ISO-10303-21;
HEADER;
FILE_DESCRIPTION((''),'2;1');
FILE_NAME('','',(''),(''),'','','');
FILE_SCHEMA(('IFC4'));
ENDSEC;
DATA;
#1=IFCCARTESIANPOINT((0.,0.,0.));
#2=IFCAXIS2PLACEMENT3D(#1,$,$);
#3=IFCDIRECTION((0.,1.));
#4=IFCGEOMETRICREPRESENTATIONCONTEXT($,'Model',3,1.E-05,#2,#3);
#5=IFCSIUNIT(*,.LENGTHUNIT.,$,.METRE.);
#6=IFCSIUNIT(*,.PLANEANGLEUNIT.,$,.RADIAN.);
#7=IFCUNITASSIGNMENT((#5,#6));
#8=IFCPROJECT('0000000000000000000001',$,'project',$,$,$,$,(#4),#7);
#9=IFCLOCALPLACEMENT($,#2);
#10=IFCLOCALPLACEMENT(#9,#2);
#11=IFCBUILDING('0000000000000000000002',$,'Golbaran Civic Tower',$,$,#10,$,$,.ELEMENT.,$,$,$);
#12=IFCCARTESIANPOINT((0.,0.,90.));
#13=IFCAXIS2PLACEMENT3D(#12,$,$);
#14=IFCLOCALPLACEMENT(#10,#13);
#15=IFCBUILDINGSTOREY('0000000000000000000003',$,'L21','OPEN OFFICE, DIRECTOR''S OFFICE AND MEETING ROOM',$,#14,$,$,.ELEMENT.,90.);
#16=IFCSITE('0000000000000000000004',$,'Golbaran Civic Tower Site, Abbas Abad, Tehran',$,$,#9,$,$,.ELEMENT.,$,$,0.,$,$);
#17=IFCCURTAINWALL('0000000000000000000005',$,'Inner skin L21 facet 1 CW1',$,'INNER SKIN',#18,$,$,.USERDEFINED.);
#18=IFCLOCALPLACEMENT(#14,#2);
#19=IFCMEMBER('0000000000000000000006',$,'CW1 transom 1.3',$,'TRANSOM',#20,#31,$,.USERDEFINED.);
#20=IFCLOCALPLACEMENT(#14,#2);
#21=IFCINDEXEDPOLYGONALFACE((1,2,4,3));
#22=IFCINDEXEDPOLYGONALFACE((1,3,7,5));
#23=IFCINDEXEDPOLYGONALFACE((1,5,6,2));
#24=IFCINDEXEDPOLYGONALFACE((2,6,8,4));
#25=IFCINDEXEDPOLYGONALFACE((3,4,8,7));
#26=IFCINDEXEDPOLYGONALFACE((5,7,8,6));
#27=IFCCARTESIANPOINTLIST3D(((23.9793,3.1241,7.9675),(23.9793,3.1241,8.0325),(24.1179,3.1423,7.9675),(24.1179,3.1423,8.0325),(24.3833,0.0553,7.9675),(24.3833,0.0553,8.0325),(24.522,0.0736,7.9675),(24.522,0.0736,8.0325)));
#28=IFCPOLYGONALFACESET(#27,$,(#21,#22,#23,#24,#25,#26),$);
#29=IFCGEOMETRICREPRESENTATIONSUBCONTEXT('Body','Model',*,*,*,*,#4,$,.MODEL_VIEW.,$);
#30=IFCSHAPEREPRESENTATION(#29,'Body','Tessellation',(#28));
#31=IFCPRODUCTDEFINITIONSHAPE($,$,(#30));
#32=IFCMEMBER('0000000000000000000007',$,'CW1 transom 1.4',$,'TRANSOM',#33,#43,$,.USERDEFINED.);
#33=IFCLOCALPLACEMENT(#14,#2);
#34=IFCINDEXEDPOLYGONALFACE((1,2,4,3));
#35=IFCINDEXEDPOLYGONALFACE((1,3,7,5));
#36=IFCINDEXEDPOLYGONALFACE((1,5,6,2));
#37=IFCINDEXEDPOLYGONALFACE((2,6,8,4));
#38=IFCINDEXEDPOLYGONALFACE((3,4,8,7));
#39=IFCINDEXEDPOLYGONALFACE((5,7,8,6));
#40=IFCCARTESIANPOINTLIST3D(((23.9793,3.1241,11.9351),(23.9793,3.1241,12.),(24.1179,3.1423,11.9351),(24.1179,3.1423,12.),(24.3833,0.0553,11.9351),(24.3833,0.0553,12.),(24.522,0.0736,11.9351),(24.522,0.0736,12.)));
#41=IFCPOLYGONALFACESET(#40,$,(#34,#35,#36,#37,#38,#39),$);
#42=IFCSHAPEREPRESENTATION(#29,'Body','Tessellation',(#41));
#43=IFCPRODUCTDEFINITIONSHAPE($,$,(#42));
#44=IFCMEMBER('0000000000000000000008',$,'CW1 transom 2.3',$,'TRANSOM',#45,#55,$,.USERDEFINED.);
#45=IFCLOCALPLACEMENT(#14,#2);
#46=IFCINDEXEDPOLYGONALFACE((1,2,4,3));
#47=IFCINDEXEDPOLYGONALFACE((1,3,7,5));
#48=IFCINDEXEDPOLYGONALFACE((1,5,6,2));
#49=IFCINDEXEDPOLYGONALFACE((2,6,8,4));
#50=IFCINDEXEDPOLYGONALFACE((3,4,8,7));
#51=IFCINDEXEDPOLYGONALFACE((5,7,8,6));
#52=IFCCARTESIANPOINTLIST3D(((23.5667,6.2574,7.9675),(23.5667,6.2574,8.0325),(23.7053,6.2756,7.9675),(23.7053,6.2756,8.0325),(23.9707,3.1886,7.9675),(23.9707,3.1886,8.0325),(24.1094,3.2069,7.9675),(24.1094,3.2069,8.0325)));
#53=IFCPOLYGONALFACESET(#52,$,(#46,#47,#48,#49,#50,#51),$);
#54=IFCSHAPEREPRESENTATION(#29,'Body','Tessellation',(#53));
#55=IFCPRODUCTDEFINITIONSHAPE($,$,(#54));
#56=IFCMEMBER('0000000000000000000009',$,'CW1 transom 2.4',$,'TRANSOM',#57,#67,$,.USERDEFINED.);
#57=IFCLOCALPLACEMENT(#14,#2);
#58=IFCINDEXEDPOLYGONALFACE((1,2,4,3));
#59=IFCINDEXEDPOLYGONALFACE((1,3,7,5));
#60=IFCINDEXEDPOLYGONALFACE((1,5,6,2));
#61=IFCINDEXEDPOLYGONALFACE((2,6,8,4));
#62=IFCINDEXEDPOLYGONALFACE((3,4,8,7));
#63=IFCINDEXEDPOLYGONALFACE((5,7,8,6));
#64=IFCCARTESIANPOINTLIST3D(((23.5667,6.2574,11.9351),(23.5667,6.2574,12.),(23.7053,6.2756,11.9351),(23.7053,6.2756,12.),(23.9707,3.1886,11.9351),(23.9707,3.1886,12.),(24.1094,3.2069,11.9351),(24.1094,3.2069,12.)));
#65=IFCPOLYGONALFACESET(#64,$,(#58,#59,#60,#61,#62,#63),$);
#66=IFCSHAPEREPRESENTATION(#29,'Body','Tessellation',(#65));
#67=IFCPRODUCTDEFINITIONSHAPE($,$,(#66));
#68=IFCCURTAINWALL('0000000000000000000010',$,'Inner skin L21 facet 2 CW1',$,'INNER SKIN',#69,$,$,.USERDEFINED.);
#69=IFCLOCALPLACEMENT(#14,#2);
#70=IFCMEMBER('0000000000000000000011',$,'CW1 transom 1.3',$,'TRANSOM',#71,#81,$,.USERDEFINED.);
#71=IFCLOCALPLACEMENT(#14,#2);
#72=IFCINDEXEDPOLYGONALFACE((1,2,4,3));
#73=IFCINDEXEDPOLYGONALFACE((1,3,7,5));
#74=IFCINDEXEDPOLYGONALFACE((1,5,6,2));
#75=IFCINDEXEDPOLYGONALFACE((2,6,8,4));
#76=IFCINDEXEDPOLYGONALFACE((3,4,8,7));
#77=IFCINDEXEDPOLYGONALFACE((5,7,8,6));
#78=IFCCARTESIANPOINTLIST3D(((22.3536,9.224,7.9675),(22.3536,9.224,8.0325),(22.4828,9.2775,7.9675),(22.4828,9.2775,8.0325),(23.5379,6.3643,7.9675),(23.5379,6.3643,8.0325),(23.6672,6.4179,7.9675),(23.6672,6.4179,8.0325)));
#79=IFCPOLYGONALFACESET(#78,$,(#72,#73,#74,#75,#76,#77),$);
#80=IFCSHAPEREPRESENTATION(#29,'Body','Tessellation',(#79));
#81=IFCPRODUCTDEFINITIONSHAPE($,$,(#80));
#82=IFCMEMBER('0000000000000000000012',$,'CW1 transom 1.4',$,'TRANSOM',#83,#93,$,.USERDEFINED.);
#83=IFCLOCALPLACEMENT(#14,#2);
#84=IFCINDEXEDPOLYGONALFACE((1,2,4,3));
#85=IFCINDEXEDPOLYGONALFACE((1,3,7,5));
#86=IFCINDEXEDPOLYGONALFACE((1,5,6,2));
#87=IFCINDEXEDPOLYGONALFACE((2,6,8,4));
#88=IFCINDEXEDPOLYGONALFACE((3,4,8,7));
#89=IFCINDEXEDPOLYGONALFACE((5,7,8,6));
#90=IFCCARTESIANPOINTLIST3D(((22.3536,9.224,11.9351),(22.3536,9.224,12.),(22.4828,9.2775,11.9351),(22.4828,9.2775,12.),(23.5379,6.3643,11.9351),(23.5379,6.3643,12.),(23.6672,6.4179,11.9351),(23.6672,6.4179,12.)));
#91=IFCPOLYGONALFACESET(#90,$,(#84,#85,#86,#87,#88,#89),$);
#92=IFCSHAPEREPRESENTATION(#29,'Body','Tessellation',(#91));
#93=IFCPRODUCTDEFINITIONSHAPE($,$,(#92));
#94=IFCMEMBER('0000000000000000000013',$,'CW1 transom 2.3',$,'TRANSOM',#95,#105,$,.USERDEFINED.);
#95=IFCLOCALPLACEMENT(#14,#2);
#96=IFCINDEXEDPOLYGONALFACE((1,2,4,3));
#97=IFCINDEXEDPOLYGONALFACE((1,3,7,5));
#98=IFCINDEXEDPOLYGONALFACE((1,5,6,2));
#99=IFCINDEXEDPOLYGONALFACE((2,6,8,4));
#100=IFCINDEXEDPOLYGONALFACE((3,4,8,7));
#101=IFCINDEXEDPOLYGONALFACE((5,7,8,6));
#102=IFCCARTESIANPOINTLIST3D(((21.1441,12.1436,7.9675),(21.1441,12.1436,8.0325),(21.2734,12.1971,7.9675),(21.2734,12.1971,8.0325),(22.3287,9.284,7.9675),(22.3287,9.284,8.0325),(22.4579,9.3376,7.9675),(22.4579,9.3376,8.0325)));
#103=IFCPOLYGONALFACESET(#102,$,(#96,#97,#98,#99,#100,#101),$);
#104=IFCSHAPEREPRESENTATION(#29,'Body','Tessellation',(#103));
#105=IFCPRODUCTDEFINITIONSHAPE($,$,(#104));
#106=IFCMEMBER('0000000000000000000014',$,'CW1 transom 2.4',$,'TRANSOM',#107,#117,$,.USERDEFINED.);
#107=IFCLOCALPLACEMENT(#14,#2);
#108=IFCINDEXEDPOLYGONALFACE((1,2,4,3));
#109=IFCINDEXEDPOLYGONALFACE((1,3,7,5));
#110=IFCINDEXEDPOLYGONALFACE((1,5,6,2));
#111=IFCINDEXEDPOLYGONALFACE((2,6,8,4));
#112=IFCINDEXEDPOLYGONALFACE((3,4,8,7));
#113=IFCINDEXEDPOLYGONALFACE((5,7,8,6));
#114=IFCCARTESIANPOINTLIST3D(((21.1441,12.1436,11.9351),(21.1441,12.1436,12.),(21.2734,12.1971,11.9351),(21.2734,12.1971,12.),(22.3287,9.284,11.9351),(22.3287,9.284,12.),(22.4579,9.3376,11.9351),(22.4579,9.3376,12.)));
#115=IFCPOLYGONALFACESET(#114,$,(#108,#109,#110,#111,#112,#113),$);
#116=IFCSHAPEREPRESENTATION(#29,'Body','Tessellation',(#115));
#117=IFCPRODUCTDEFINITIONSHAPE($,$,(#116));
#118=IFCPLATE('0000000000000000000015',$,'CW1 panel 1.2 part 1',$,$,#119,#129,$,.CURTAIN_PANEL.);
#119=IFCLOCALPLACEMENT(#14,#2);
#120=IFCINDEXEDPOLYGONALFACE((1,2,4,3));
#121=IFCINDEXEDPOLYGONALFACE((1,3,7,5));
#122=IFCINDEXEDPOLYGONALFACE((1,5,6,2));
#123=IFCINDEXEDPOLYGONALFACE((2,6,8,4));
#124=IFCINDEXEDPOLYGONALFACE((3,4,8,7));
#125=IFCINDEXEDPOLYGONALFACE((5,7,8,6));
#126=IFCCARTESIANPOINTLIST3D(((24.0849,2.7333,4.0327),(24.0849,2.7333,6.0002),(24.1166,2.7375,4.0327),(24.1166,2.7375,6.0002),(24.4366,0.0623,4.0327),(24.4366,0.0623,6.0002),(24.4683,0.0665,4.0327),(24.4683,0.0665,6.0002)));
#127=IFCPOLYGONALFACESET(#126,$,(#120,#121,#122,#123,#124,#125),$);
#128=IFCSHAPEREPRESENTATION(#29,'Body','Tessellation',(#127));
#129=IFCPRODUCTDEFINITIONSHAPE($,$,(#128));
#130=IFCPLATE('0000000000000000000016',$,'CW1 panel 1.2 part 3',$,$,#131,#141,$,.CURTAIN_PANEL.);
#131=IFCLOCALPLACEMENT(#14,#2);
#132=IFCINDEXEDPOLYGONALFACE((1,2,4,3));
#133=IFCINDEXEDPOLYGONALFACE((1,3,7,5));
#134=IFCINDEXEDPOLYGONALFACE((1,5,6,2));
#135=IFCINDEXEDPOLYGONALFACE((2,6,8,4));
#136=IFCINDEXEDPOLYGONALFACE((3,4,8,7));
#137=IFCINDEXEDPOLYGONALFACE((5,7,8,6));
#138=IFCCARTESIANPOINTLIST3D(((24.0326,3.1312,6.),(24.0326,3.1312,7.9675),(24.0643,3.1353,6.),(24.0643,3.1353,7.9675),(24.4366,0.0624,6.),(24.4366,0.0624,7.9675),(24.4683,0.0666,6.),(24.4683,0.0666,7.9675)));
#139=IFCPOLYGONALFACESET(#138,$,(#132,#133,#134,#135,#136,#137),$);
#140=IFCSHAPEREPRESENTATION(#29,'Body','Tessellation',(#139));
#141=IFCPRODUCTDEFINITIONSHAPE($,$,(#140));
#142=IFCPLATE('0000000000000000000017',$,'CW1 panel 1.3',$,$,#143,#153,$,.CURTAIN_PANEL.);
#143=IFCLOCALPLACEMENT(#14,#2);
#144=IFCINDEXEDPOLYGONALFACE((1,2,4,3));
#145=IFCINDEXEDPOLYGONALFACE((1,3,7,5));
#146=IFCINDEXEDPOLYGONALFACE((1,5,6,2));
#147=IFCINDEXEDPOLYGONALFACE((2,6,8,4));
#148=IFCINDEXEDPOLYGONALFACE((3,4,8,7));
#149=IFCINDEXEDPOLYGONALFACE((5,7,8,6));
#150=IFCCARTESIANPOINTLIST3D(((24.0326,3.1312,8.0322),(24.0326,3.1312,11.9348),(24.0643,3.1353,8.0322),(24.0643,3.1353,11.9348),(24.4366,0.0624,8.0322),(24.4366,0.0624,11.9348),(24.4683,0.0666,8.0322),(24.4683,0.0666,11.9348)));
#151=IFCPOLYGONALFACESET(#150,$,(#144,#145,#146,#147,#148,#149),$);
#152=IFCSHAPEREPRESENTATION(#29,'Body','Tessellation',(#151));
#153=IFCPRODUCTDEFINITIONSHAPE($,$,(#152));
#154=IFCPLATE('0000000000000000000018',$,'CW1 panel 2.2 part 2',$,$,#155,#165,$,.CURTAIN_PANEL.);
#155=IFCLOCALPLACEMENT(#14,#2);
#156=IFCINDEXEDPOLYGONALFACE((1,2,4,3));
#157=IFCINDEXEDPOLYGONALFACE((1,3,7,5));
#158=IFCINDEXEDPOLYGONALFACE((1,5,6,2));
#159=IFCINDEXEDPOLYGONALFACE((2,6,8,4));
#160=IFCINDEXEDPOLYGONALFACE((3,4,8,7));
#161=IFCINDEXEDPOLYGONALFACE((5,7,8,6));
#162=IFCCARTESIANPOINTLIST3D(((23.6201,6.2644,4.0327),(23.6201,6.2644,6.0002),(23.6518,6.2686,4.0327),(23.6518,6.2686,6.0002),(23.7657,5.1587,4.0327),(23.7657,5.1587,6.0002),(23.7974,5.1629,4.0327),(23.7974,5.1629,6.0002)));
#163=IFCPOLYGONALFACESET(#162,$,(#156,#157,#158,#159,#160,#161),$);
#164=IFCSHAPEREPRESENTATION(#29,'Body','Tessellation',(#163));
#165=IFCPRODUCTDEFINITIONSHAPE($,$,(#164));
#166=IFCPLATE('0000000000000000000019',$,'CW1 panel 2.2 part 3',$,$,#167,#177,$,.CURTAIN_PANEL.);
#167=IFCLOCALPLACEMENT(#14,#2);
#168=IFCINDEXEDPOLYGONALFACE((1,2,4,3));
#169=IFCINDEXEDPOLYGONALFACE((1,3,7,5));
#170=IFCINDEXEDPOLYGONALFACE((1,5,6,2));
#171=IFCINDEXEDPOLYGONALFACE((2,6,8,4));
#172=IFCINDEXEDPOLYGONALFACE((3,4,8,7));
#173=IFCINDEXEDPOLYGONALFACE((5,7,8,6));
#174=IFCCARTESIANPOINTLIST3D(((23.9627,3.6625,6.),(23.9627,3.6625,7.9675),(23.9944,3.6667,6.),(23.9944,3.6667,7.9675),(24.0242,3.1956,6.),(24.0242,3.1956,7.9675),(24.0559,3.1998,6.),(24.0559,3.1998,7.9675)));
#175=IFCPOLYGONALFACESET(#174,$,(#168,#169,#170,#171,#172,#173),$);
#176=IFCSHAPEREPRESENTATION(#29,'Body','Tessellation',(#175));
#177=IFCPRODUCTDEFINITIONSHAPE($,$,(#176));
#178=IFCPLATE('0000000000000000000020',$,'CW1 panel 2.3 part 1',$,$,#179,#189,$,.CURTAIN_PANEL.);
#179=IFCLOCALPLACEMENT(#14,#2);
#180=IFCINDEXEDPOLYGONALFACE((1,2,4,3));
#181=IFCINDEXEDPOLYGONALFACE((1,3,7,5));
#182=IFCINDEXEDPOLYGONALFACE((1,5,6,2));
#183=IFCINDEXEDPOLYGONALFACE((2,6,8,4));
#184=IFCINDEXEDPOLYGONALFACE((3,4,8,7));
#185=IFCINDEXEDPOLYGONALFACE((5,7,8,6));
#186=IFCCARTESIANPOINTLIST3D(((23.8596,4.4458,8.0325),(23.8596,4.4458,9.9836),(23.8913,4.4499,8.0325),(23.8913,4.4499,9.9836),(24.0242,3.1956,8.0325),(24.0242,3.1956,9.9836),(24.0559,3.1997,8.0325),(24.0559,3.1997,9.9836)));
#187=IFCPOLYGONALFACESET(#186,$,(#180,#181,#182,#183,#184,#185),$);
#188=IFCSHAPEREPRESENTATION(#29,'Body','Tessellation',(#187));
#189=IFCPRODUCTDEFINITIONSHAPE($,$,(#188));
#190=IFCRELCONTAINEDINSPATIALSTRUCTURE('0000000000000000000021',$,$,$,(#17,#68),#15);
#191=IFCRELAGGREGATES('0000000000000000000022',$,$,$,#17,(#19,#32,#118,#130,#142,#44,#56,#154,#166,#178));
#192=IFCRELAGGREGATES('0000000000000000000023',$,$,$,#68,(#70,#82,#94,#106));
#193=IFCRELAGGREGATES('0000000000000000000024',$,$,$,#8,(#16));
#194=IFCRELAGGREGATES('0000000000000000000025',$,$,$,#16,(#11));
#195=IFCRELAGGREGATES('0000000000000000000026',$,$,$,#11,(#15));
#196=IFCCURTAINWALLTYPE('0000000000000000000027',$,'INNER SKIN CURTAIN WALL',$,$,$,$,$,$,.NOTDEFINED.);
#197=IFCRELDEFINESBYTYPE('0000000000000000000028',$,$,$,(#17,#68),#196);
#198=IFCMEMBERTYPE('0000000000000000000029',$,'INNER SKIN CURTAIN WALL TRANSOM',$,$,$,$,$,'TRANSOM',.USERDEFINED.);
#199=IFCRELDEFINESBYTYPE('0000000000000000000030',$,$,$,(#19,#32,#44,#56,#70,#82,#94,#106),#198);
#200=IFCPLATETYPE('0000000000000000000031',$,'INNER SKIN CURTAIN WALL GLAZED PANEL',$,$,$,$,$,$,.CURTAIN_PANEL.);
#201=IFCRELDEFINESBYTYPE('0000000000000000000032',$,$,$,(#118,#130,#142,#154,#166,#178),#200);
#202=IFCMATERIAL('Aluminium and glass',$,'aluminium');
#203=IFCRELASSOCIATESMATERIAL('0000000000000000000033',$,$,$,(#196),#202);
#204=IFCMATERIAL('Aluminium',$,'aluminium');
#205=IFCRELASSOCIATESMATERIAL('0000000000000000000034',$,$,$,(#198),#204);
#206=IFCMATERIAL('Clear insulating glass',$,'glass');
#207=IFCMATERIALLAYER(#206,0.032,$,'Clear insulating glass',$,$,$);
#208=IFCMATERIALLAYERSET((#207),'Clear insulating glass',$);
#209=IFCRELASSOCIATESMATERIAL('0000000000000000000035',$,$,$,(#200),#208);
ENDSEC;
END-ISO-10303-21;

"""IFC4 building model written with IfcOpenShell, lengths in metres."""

from ifc_helpers import new_model, si_unit, direction, frame, origin, origin_2d, place, context, subcontext, project, spatial, rectangle, extrude, material, layer, layer_set, material_profile, profile_set, type_object, element, aggregate, save


model = new_model("IFC4")

# Units and contexts
model_context = context("Model", 3, precision=1e-05, world=origin(), true_north=direction((0.0, 1.0)))
body_context = subcontext(model_context, "Body", "Model", "MODEL_VIEW")
ifc_project = project(units=[si_unit("LENGTHUNIT", "METRE"), si_unit("PLANEANGLEUNIT", "RADIAN")], contexts=[model_context])

# Site, building, storey
site_placement = place(None, origin())
site = spatial("IfcSite", under=ifc_project, at=site_placement, Name="Golbaran Civic Tower Site, Abbas Abad, Tehran", CompositionType="ELEMENT", RefElevation=0.0)
building_placement = place(site_placement, origin())
building = spatial("IfcBuilding", under=site, at=building_placement, Name="Golbaran Civic Tower", CompositionType="ELEMENT")
storey_placement = place(building_placement, frame((0.0, 0.0, 90.0)))
storey = spatial("IfcBuildingStorey", under=building, at=storey_placement, Name="L21", Description="OPEN OFFICE, DIRECTOR'S OFFICE AND MEETING ROOM", CompositionType="ELEMENT", Elevation=90.0)

# Curtain walls, members
ifc_material_1 = material(Name="Aluminium and glass", Category="aluminium")
curtain_wall_type = type_object("IfcCurtainWallType", Name="INNER SKIN CURTAIN WALL", PredefinedType="NOTDEFINED", material=ifc_material_1)
curtain_wall_1_placement = place(storey_placement, origin())
curtain_wall_1 = element("IfcCurtainWall", 1, at=curtain_wall_1_placement, inside=storey, type_object=curtain_wall_type, Name="Inner skin L21 facet 1 CW1", ObjectType="INNER SKIN", PredefinedType="USERDEFINED")
ifc_material_2 = material(Name="Aluminium", Category="aluminium")
ifc_material_profile = material_profile(ifc_material_2, rectangle(XDim=0.1399, YDim=0.0649, at=origin_2d()), Name="INNER SKIN CURTAIN WALL TRANSOM")
ifc_profile_set = profile_set([ifc_material_profile], Name="Aluminium")
member_type = type_object("IfcMemberType", Name="INNER SKIN CURTAIN WALL TRANSOM", ElementType="TRANSOM", PredefinedType="USERDEFINED", material=ifc_profile_set)
member_1_placement = place(storey_placement, frame((24.4526, 0.0645, 8.0), z_axis=(-0.130536, 0.991444, 0.0), x_axis=(-0.991444, -0.130536, 0.0)))
member_1 = element("IfcMember", 2, at=member_1_placement, type_object=member_type, Name="CW1 transom 1.3", ObjectType="TRANSOM", PredefinedType="USERDEFINED", context=body_context, shape_type="SweptSolid", body=[
    extrude(rectangle(XDim=0.1399, YDim=0.0649, at=origin_2d()), origin(), (0.0, 0.0, 1.0), 3.0952),
])
member_2_placement = place(storey_placement, frame((24.4526, 0.0645, 11.9675), z_axis=(-0.130536, 0.991444, 0.0), x_axis=(-0.991444, -0.130536, 0.0)))
member_2 = element("IfcMember", 3, at=member_2_placement, type_object=member_type, Name="CW1 transom 1.4", ObjectType="TRANSOM", PredefinedType="USERDEFINED", context=body_context, shape_type="SweptSolid", body=[
    extrude(rectangle(XDim=0.1399, YDim=0.0649, at=origin_2d()), origin(), (0.0, 0.0, 1.0), 3.0952),
])
member_3_placement = place(storey_placement, frame((24.04, 3.1978, 8.0), z_axis=(-0.130536, 0.991444, 0.0), x_axis=(-0.991444, -0.130536, 0.0)))
member_3 = element("IfcMember", 4, at=member_3_placement, type_object=member_type, Name="CW1 transom 2.3", ObjectType="TRANSOM", PredefinedType="USERDEFINED", context=body_context, shape_type="SweptSolid", body=[
    extrude(rectangle(XDim=0.1399, YDim=0.0649, at=origin_2d()), origin(), (0.0, 0.0, 1.0), 3.0952),
])
member_4_placement = place(storey_placement, frame((24.04, 3.1978, 11.9675), z_axis=(-0.130536, 0.991444, 0.0), x_axis=(-0.991444, -0.130536, 0.0)))
member_4 = element("IfcMember", 5, at=member_4_placement, type_object=member_type, Name="CW1 transom 2.4", ObjectType="TRANSOM", PredefinedType="USERDEFINED", context=body_context, shape_type="SweptSolid", body=[
    extrude(rectangle(XDim=0.1399, YDim=0.0649, at=origin_2d()), origin(), (0.0, 0.0, 1.0), 3.0952),
])
curtain_wall_2_placement = place(storey_placement, origin())
curtain_wall_2 = element("IfcCurtainWall", 6, at=curtain_wall_2_placement, inside=storey, type_object=curtain_wall_type, Name="Inner skin L21 facet 2 CW1", ObjectType="INNER SKIN", PredefinedType="USERDEFINED")
member_5_placement = place(storey_placement, frame((23.6025, 6.3911, 8.0), z_axis=(-0.382637, 0.923899, 0.0), x_axis=(-0.923899, -0.382637, 0.0)))
member_5 = element("IfcMember", 7, at=member_5_placement, type_object=member_type, Name="CW1 transom 1.3", ObjectType="TRANSOM", PredefinedType="USERDEFINED", context=body_context, shape_type="SweptSolid", body=[
    extrude(rectangle(XDim=0.1399, YDim=0.0649, at=origin_2d()), origin(), (0.0, 0.0, 1.0), 3.0952),
])
member_6_placement = place(storey_placement, frame((23.6025, 6.3911, 11.9675), z_axis=(-0.382637, 0.923899, 0.0), x_axis=(-0.923899, -0.382637, 0.0)))
member_6 = element("IfcMember", 8, at=member_6_placement, type_object=member_type, Name="CW1 transom 1.4", ObjectType="TRANSOM", PredefinedType="USERDEFINED", context=body_context, shape_type="SweptSolid", body=[
    extrude(rectangle(XDim=0.1399, YDim=0.0649, at=origin_2d()), origin(), (0.0, 0.0, 1.0), 3.0952),
])
member_7_placement = place(storey_placement, frame((22.3933, 9.3108, 8.0), z_axis=(-0.382705, 0.923871, 0.0), x_axis=(-0.923871, -0.382705, 0.0)))
member_7 = element("IfcMember", 9, at=member_7_placement, type_object=member_type, Name="CW1 transom 2.3", ObjectType="TRANSOM", PredefinedType="USERDEFINED", context=body_context, shape_type="SweptSolid", body=[
    extrude(rectangle(XDim=0.1399, YDim=0.0649, at=origin_2d()), origin(), (0.0, 0.0, 1.0), 3.0952),
])
member_8_placement = place(storey_placement, frame((22.3933, 9.3108, 11.9675), z_axis=(-0.382705, 0.923871, 0.0), x_axis=(-0.923871, -0.382705, 0.0)))
member_8 = element("IfcMember", 10, at=member_8_placement, type_object=member_type, Name="CW1 transom 2.4", ObjectType="TRANSOM", PredefinedType="USERDEFINED", context=body_context, shape_type="SweptSolid", body=[
    extrude(rectangle(XDim=0.1399, YDim=0.0649, at=origin_2d()), origin(), (0.0, 0.0, 1.0), 3.0952),
])

# Plates
ifc_material_3 = material(Name="Clear insulating glass", Category="glass")
ifc_layer_1 = layer(ifc_material_3, 0.032, Name="Clear insulating glass")
ifc_layer_set_1 = layer_set([ifc_layer_1], Name="Clear insulating glass")
plate_type_1 = type_object("IfcPlateType", Name="INNER SKIN CURTAIN WALL GLAZED PANEL", PredefinedType="CURTAIN_PANEL", material=ifc_layer_set_1)
plate_1_placement = place(storey_placement, frame((24.2766, 1.3999, 4.0327), z_axis=(0.0, 0.0, 1.0), x_axis=(-0.130526, 0.991445, 0.0)))
plate_1 = element("IfcPlate", 11, at=plate_1_placement, type_object=plate_type_1, Name="CW1 panel 1.2 part 1", PredefinedType="CURTAIN_PANEL", context=body_context, shape_type="SweptSolid", body=[
    extrude(rectangle(XDim=2.6941, YDim=0.032, at=origin_2d()), origin(), (0.0, 0.0, 1.0), 1.9675),
])
plate_2_placement = place(storey_placement, frame((24.2505, 1.5989, 6.0), z_axis=(0.0, 0.0, 1.0), x_axis=(-0.130526, 0.991445, 0.0)))
plate_2 = element("IfcPlate", 12, at=plate_2_placement, type_object=plate_type_1, Name="CW1 panel 1.2 part 3", PredefinedType="CURTAIN_PANEL", context=body_context, shape_type="SweptSolid", body=[
    extrude(rectangle(XDim=3.0952, YDim=0.032, at=origin_2d()), origin(), (0.0, 0.0, 1.0), 1.9675),
])
plate_3_placement = place(storey_placement, frame((24.2505, 1.5989, 8.0322), z_axis=(0.0, 0.0, 1.0), x_axis=(-0.130526, 0.991445, 0.0)))
plate_3 = element("IfcPlate", 13, at=plate_3_placement, type_object=plate_type_1, Name="CW1 panel 1.3", PredefinedType="CURTAIN_PANEL", context=body_context, shape_type="SweptSolid", body=[
    extrude(rectangle(XDim=3.0952, YDim=0.032, at=origin_2d()), origin(), (0.0, 0.0, 1.0), 3.9026),
])
plate_4_placement = place(storey_placement, frame((23.7087, 5.7136, 4.0327), z_axis=(0.0, 0.0, 1.0), x_axis=(-0.130526, 0.991445, 0.0)))
plate_4 = element("IfcPlate", 14, at=plate_4_placement, type_object=plate_type_1, Name="CW1 panel 2.2 part 2", PredefinedType="CURTAIN_PANEL", context=body_context, shape_type="SweptSolid", body=[
    extrude(rectangle(XDim=1.1152, YDim=0.032, at=origin_2d()), origin(), (0.0, 0.0, 1.0), 1.9675),
])
plate_5_placement = place(storey_placement, frame((24.0093, 3.4312, 6.0), z_axis=(0.0, 0.0, 1.0), x_axis=(-0.130526, 0.991445, 0.0)))
plate_5 = element("IfcPlate", 15, at=plate_5_placement, type_object=plate_type_1, Name="CW1 panel 2.2 part 3", PredefinedType="CURTAIN_PANEL", context=body_context, shape_type="SweptSolid", body=[
    extrude(rectangle(XDim=0.4709, YDim=0.032, at=origin_2d()), origin(), (0.0, 0.0, 1.0), 1.9675),
])
plate_6_placement = place(storey_placement, frame((23.9578, 3.8228, 8.0325), z_axis=(0.0, 0.0, 1.0), x_axis=(-0.130526, 0.991445, 0.0)))
plate_6 = element("IfcPlate", 16, at=plate_6_placement, type_object=plate_type_1, Name="CW1 panel 2.3 part 1", PredefinedType="CURTAIN_PANEL", context=body_context, shape_type="SweptSolid", body=[
    extrude(rectangle(XDim=1.261, YDim=0.032, at=origin_2d()), origin(), (0.0, 0.0, 1.0), 1.9512),
])
aggregate(curtain_wall_1, [member_1, member_2, plate_1, plate_2, plate_3, member_3, member_4, plate_4, plate_5, plate_6])
aggregate(curtain_wall_2, [member_5, member_6, member_7, member_8])

save(model, "model.ifc")
